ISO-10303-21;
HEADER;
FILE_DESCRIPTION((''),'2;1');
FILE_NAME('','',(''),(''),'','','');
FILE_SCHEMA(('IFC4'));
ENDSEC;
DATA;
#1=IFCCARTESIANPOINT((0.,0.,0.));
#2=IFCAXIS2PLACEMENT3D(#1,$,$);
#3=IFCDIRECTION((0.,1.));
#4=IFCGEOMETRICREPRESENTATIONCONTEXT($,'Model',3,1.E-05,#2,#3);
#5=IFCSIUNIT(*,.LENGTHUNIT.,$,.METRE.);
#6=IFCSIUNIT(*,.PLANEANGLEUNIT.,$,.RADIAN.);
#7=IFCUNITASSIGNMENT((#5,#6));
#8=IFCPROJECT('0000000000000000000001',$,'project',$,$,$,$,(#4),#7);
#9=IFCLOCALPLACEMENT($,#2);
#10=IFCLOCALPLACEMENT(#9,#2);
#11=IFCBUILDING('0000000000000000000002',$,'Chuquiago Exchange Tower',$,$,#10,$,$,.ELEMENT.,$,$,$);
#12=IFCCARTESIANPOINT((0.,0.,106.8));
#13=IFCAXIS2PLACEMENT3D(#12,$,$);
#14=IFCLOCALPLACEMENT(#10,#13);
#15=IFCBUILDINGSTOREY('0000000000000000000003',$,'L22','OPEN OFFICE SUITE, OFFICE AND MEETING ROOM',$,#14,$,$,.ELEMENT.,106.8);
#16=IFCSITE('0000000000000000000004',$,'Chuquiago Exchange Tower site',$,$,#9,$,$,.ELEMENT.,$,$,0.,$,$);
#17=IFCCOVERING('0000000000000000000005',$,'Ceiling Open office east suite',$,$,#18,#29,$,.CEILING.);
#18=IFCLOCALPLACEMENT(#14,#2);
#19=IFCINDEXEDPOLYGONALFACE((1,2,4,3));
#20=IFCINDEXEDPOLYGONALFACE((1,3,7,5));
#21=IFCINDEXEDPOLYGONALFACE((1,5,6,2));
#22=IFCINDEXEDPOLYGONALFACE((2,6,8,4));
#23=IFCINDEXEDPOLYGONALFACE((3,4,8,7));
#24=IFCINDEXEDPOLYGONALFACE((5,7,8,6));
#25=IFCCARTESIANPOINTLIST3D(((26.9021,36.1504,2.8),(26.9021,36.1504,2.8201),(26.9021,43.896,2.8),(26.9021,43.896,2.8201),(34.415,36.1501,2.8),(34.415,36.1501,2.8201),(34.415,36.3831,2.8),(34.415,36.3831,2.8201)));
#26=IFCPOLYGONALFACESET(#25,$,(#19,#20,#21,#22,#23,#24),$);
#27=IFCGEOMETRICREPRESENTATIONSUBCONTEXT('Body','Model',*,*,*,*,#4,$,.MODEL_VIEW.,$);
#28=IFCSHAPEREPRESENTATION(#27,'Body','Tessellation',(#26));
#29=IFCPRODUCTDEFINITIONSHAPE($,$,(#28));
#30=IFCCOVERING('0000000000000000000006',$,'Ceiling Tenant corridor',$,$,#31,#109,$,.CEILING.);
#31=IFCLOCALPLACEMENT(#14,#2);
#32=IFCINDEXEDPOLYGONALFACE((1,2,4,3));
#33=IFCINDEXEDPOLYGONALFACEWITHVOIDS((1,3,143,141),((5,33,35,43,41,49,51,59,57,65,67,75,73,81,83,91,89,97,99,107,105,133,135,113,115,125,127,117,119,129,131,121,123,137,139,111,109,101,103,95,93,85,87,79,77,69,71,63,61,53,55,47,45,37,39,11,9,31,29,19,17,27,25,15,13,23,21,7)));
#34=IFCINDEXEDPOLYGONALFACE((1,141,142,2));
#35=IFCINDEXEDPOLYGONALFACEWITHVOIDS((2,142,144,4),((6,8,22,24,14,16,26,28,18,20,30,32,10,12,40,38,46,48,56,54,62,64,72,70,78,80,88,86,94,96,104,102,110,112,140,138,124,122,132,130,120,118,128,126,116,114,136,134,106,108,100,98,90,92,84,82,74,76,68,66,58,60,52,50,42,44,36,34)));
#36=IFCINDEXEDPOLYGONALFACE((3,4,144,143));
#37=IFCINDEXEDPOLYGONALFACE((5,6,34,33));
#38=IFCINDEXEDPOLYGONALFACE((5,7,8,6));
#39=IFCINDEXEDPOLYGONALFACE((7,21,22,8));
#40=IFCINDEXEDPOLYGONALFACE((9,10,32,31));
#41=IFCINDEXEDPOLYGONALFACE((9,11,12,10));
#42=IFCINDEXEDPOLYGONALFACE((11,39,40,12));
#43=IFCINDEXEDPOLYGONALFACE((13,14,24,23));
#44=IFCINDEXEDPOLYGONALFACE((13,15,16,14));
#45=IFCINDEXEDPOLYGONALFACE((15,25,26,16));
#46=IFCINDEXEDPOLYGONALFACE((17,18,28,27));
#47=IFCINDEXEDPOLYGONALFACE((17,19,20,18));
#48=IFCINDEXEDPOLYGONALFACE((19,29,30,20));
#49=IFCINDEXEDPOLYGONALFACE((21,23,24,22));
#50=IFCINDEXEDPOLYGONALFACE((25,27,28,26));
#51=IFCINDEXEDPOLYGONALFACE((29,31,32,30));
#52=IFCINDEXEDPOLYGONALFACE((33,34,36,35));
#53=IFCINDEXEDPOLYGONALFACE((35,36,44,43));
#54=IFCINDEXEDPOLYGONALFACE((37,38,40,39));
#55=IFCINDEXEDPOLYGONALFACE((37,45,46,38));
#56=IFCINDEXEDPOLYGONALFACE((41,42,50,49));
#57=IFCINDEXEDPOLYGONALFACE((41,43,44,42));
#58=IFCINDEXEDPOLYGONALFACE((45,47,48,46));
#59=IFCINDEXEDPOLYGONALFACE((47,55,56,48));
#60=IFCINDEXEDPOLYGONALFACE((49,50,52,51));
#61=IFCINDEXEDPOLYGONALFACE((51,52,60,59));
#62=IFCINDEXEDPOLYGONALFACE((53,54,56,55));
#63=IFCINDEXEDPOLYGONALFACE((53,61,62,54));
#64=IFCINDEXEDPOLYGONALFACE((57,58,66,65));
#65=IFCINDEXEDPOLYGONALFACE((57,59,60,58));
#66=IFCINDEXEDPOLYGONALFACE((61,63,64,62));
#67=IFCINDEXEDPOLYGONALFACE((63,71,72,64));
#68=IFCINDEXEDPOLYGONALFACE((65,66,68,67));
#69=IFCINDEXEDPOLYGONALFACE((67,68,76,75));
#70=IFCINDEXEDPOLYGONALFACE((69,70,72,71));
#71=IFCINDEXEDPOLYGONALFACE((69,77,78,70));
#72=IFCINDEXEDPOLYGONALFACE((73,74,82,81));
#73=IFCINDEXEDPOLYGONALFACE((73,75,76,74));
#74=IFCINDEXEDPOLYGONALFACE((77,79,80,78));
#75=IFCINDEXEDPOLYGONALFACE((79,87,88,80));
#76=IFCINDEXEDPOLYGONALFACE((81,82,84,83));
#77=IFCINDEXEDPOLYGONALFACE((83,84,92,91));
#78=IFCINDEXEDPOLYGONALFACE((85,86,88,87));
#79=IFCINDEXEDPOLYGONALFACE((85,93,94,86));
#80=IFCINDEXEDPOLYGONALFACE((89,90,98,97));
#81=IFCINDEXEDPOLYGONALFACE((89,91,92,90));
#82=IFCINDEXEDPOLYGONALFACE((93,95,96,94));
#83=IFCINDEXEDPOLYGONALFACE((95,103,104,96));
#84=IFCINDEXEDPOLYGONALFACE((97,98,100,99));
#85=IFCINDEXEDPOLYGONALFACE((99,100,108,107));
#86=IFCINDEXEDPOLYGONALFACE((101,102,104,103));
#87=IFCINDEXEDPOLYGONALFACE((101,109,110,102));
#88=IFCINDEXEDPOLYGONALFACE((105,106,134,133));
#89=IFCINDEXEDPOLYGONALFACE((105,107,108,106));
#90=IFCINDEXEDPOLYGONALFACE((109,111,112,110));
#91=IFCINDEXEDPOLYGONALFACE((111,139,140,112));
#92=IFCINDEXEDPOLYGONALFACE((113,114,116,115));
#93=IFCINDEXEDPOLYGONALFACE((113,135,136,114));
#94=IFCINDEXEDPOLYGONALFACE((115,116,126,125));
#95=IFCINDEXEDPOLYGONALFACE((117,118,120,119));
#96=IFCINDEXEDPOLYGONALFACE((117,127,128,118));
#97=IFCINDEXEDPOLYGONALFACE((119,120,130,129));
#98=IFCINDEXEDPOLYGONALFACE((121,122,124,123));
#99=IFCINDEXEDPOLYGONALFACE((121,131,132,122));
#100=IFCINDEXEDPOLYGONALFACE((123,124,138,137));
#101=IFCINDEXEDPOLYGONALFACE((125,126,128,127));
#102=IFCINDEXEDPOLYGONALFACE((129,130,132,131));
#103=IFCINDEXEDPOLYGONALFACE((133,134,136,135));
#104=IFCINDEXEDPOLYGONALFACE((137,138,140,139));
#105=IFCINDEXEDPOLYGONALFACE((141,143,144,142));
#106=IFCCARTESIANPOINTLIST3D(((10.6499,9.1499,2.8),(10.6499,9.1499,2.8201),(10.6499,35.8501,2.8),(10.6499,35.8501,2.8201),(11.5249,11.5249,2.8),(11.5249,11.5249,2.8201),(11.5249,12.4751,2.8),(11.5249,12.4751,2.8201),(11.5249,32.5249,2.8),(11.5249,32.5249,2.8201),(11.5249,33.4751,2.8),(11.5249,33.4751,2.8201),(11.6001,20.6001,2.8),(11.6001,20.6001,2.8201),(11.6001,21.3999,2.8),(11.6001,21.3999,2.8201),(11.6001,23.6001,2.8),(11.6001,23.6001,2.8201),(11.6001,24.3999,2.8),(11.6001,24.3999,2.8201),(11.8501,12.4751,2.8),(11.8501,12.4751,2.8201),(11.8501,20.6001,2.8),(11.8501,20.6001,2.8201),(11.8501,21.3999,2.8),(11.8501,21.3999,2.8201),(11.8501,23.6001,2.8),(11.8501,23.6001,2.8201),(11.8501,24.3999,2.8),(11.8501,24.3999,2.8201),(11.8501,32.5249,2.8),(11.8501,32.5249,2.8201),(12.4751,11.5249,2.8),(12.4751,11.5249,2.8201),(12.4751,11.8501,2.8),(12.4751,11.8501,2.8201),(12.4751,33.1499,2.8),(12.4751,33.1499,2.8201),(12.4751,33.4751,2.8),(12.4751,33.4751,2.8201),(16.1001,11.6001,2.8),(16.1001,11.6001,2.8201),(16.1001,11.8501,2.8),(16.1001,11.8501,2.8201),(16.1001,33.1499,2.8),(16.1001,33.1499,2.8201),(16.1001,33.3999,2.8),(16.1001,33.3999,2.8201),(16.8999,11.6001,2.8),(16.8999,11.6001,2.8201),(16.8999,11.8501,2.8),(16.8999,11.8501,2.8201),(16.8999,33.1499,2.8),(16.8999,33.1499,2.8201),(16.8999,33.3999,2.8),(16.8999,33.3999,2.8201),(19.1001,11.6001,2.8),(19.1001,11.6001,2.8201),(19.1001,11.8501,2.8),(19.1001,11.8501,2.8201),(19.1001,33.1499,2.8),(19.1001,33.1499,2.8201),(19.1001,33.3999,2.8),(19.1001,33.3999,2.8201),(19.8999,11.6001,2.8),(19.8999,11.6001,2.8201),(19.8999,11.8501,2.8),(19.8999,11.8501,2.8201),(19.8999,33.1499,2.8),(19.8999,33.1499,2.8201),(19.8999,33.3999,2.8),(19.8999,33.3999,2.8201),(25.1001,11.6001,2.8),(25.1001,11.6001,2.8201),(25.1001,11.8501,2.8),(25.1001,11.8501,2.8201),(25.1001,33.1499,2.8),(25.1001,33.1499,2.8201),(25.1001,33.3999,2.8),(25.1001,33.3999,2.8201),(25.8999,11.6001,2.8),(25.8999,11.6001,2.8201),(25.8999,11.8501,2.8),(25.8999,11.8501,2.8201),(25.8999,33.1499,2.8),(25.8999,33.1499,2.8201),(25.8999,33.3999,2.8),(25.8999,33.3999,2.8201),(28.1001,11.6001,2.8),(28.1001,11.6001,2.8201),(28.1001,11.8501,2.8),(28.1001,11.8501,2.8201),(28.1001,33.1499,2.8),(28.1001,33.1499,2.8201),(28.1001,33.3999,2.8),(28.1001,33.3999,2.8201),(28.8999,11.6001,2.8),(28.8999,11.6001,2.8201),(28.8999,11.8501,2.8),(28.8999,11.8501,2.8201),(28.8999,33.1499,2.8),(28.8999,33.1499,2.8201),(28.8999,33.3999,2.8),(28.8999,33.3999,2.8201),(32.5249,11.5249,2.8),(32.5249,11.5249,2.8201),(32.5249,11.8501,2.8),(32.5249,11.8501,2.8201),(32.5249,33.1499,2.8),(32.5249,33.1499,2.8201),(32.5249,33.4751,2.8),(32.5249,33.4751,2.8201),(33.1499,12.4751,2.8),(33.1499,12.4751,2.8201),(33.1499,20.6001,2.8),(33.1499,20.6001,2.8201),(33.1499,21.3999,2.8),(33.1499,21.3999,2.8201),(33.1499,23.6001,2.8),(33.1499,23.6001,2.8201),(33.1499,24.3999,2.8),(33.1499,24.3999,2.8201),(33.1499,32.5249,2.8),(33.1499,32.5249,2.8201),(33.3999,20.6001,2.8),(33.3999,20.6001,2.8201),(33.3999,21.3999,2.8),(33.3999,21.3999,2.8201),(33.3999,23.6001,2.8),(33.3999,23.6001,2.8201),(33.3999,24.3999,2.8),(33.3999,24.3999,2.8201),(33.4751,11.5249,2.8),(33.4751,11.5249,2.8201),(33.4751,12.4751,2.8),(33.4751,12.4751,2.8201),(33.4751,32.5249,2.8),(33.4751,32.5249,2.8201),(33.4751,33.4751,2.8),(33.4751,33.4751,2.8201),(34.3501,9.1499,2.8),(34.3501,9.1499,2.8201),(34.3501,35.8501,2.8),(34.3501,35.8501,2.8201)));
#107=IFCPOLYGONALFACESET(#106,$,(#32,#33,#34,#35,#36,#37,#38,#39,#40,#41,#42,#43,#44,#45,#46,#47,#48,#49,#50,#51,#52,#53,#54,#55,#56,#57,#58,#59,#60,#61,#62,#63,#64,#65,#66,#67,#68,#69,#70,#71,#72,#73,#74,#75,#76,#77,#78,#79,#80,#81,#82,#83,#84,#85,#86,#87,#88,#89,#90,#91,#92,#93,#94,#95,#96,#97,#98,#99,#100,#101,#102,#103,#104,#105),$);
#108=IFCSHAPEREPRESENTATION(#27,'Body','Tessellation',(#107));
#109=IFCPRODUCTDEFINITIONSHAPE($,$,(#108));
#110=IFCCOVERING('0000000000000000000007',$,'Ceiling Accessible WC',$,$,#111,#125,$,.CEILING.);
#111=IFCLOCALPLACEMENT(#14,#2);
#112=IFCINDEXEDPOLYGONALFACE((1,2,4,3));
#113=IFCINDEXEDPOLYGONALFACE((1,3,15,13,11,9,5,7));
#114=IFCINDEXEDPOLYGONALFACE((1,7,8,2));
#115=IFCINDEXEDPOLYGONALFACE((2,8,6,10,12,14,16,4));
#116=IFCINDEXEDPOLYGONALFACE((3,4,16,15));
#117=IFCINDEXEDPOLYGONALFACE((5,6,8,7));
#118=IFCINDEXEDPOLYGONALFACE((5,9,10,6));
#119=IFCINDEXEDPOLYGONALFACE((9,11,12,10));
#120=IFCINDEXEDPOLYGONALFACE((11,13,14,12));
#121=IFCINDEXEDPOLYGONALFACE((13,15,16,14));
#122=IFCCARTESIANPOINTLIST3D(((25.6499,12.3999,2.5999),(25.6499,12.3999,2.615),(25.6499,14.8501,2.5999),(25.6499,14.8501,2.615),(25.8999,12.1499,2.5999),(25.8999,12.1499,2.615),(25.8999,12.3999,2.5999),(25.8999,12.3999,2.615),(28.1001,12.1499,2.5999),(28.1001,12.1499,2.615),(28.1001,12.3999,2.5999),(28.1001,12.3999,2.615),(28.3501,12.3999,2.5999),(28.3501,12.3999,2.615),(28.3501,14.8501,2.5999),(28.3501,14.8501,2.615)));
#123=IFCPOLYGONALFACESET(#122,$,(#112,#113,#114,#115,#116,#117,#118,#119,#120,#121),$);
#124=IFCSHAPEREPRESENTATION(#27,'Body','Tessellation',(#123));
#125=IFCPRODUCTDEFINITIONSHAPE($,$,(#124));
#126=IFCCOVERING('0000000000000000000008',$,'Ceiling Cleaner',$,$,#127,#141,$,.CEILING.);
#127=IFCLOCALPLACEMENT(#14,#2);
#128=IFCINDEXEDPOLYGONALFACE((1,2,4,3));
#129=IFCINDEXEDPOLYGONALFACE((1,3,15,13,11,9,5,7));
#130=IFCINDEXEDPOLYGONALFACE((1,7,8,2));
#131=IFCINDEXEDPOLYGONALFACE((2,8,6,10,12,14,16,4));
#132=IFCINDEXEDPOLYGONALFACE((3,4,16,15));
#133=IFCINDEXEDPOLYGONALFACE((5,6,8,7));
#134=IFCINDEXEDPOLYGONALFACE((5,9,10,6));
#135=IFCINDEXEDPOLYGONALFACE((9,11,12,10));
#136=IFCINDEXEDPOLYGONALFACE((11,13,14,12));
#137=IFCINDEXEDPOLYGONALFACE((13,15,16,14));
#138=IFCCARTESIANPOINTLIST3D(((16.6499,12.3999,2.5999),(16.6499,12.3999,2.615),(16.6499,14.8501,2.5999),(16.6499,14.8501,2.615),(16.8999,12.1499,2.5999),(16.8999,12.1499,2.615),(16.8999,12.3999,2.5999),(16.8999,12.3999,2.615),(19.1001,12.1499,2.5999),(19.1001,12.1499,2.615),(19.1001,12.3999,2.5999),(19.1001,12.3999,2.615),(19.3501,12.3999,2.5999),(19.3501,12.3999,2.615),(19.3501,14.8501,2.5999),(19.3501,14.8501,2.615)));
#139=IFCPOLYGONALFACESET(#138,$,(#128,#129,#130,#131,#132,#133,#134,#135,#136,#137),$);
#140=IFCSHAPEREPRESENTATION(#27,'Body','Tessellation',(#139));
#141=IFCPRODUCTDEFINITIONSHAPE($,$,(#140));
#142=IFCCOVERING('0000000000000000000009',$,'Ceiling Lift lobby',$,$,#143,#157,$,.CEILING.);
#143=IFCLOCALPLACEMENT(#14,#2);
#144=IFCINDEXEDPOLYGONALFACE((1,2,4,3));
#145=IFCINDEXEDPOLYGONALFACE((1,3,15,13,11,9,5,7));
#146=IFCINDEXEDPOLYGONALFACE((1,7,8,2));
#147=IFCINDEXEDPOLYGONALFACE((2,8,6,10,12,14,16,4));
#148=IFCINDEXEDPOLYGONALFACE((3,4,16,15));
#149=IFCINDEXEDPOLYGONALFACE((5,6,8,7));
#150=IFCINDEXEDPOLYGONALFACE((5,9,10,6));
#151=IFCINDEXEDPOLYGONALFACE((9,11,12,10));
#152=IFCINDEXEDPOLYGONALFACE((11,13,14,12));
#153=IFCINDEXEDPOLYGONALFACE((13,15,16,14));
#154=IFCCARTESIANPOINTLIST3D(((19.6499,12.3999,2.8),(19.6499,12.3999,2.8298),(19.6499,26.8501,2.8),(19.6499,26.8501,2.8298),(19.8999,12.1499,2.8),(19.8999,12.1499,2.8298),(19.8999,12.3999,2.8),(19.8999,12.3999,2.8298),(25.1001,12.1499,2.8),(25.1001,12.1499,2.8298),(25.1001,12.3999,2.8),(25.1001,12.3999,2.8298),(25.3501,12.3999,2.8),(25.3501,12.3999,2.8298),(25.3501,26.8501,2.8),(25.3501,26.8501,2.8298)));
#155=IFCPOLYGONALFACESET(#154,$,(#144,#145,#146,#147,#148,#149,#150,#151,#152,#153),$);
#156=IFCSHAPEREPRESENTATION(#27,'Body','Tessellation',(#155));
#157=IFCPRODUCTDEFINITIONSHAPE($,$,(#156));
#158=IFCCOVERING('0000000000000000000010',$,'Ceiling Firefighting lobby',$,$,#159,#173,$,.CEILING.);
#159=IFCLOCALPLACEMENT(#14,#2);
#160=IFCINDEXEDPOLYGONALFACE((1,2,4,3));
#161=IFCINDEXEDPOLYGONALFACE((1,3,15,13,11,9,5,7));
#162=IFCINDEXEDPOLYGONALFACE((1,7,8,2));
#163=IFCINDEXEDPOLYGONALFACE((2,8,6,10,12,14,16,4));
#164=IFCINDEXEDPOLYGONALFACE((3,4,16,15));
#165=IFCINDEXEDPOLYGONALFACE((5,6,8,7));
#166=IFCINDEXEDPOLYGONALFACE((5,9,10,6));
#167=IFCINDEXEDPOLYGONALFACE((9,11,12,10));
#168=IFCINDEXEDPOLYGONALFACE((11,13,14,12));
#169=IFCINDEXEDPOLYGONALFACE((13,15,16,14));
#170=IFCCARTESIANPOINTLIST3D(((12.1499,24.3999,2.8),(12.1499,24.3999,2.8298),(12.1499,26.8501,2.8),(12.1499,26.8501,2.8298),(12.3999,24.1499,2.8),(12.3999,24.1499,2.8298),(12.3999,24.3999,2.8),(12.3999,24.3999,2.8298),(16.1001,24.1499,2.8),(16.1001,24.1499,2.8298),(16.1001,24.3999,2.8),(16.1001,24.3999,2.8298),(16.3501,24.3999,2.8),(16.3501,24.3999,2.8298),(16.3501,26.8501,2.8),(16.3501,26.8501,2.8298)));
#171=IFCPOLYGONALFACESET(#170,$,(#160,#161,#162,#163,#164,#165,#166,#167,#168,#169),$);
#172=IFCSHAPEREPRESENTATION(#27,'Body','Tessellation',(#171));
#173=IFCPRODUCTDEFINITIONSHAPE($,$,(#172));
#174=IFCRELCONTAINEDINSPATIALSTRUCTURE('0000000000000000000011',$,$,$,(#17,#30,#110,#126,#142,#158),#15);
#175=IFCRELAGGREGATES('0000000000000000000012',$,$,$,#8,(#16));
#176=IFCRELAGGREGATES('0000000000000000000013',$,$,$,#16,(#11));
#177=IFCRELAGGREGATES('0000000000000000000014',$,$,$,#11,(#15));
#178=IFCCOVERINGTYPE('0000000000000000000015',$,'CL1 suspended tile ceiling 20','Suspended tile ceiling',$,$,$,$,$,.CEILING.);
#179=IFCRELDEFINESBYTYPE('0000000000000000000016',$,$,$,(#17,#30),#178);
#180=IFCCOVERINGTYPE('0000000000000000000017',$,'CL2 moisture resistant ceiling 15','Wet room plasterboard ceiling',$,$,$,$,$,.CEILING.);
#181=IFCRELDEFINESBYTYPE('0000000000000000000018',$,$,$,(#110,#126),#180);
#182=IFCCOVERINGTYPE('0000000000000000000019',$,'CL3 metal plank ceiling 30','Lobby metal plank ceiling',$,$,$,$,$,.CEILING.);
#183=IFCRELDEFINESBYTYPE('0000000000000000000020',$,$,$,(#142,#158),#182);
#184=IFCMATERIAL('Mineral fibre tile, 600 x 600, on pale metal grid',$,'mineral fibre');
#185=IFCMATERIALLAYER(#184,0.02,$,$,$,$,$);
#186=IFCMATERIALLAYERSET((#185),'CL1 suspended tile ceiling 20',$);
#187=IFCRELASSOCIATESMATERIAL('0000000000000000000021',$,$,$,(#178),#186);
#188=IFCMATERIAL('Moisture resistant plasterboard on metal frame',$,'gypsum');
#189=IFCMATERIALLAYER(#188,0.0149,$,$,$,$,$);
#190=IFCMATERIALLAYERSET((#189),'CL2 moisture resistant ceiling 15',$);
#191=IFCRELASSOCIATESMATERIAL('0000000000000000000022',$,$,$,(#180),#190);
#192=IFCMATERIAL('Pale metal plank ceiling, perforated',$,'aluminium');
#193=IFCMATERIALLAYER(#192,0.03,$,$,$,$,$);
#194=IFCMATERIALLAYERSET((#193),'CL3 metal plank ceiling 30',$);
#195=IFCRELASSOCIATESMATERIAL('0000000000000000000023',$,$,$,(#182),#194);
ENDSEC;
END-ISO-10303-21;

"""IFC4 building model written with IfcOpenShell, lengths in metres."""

from ifc_helpers import new_model, si_unit, direction, frame, origin, place, context, subcontext, project, spatial, polyline, outline, extrude, material, layer, layer_set, type_object, element, save


model = new_model("IFC4")

# Units and contexts
model_context = context("Model", 3, precision=1e-05, world=origin(), true_north=direction((0.0, 1.0)))
body_context = subcontext(model_context, "Body", "Model", "MODEL_VIEW")
ifc_project = project(units=[si_unit("LENGTHUNIT", "METRE"), si_unit("PLANEANGLEUNIT", "RADIAN")], contexts=[model_context])

# Site, building, storey
site_placement = place(None, origin())
site = spatial("IfcSite", under=ifc_project, at=site_placement, Name="Chuquiago Exchange Tower site", CompositionType="ELEMENT", RefElevation=0.0)
building_placement = place(site_placement, origin())
building = spatial("IfcBuilding", under=site, at=building_placement, Name="Chuquiago Exchange Tower", CompositionType="ELEMENT")
storey_placement = place(building_placement, frame((0.0, 0.0, 106.8)))
storey = spatial("IfcBuildingStorey", under=building, at=storey_placement, Name="L22", Description="OPEN OFFICE SUITE, OFFICE AND MEETING ROOM", CompositionType="ELEMENT", Elevation=106.8)

# Coverings
ifc_material_1 = material(Name="Mineral fibre tile, 600 x 600, on pale metal grid", Category="mineral fibre")
ifc_layer_1 = layer(ifc_material_1, 0.02)
ifc_layer_set_1 = layer_set([ifc_layer_1], Name="CL1 suspended tile ceiling 20")
covering_type_1 = type_object("IfcCoveringType", Name="CL1 suspended tile ceiling 20", Description="Suspended tile ceiling", PredefinedType="CEILING", material=ifc_layer_set_1)
covering_1_placement = place(storey_placement, frame((0.0, 0.0, 2.8)))
element("IfcCovering", 1, at=covering_1_placement, inside=storey, type_object=covering_type_1, Name="Ceiling Open office east suite", PredefinedType="CEILING", context=body_context, shape_type="SweptSolid", body=[
    extrude(outline(polyline([(26.9021, 36.1504), (26.9021, 43.896), (34.415, 36.3831), (34.415, 36.1501), (26.9021, 36.1504)])), origin(), (0.0, 0.0, 1.0), 0.02),
])
covering_2_placement = place(storey_placement, frame((0.0, 0.0, 2.8)))
element("IfcCovering", 2, at=covering_2_placement, inside=storey, type_object=covering_type_1, Name="Ceiling Tenant corridor", PredefinedType="CEILING", context=body_context, shape_type="SweptSolid", body=[
    extrude(outline(polyline([(10.6499, 35.8501), (34.3501, 35.8501), (34.3501, 9.1499), (10.6499, 9.1499), (10.6499, 35.8501)]), holes=[polyline([(11.8501, 24.3999), (11.6001, 24.3999), (11.6001, 23.6001), (11.8501, 23.6001), (11.8501, 21.3999), (11.6001, 21.3999), (11.6001, 20.6001), (11.8501, 20.6001), (11.8501, 12.4751), (11.5249, 12.4751), (11.5249, 11.5249), (12.4751, 11.5249), (12.4751, 11.8501), (16.1001, 11.8501), (16.1001, 11.6001), (16.8999, 11.6001), (16.8999, 11.8501), (19.1001, 11.8501), (19.1001, 11.6001), (19.8999, 11.6001), (19.8999, 11.8501), (25.1001, 11.8501), (25.1001, 11.6001), (25.8999, 11.6001), (25.8999, 11.8501), (28.1001, 11.8501), (28.1001, 11.6001), (28.8999, 11.6001), (28.8999, 11.8501), (32.5249, 11.8501), (32.5249, 11.5249), (33.4751, 11.5249), (33.4751, 12.4751), (33.1499, 12.4751), (33.1499, 20.6001), (33.3999, 20.6001), (33.3999, 21.3999), (33.1499, 21.3999), (33.1499, 23.6001), (33.3999, 23.6001), (33.3999, 24.3999), (33.1499, 24.3999), (33.1499, 32.5249), (33.4751, 32.5249), (33.4751, 33.4751), (32.5249, 33.4751), (32.5249, 33.1499), (28.8999, 33.1499), (28.8999, 33.3999), (28.1001, 33.3999), (28.1001, 33.1499), (25.8999, 33.1499), (25.8999, 33.3999), (25.1001, 33.3999), (25.1001, 33.1499), (19.8999, 33.1499), (19.8999, 33.3999), (19.1001, 33.3999), (19.1001, 33.1499), (16.8999, 33.1499), (16.8999, 33.3999), (16.1001, 33.3999), (16.1001, 33.1499), (12.4751, 33.1499), (12.4751, 33.4751), (11.5249, 33.4751), (11.5249, 32.5249), (11.8501, 32.5249), (11.8501, 24.3999)])]), origin(), (0.0, 0.0, 1.0), 0.02),
])
ifc_material_2 = material(Name="Moisture resistant plasterboard on metal frame", Category="gypsum")
ifc_layer_2 = layer(ifc_material_2, 0.0149)
ifc_layer_set_2 = layer_set([ifc_layer_2], Name="CL2 moisture resistant ceiling 15")
covering_type_2 = type_object("IfcCoveringType", Name="CL2 moisture resistant ceiling 15", Description="Wet room plasterboard ceiling", PredefinedType="CEILING", material=ifc_layer_set_2)
covering_3_placement = place(storey_placement, frame((0.0, 0.0, 2.5999)))
element("IfcCovering", 3, at=covering_3_placement, inside=storey, type_object=covering_type_2, Name="Ceiling Accessible WC", PredefinedType="CEILING", context=body_context, shape_type="SweptSolid", body=[
    extrude(outline(polyline([(25.8999, 12.1499), (25.8999, 12.3999), (25.6499, 12.3999), (25.6499, 14.8501), (28.3501, 14.8501), (28.3501, 12.3999), (28.1001, 12.3999), (28.1001, 12.1499), (25.8999, 12.1499)])), origin(), (0.0, 0.0, 1.0), 0.0151),
])
covering_4_placement = place(storey_placement, frame((0.0, 0.0, 2.5999)))
element("IfcCovering", 4, at=covering_4_placement, inside=storey, type_object=covering_type_2, Name="Ceiling Cleaner", PredefinedType="CEILING", context=body_context, shape_type="SweptSolid", body=[
    extrude(outline(polyline([(16.8999, 12.1499), (16.8999, 12.3999), (16.6499, 12.3999), (16.6499, 14.8501), (19.3501, 14.8501), (19.3501, 12.3999), (19.1001, 12.3999), (19.1001, 12.1499), (16.8999, 12.1499)])), origin(), (0.0, 0.0, 1.0), 0.0151),
])
ifc_material_3 = material(Name="Pale metal plank ceiling, perforated", Category="aluminium")
ifc_layer_3 = layer(ifc_material_3, 0.03)
ifc_layer_set_3 = layer_set([ifc_layer_3], Name="CL3 metal plank ceiling 30")
covering_type_3 = type_object("IfcCoveringType", Name="CL3 metal plank ceiling 30", Description="Lobby metal plank ceiling", PredefinedType="CEILING", material=ifc_layer_set_3)
covering_5_placement = place(storey_placement, frame((0.0, 0.0, 2.8)))
element("IfcCovering", 5, at=covering_5_placement, inside=storey, type_object=covering_type_3, Name="Ceiling Lift lobby", PredefinedType="CEILING", context=body_context, shape_type="SweptSolid", body=[
    extrude(outline(polyline([(19.8999, 12.1499), (19.8999, 12.3999), (19.6499, 12.3999), (19.6499, 26.8501), (25.3501, 26.8501), (25.3501, 12.3999), (25.1001, 12.3999), (25.1001, 12.1499), (19.8999, 12.1499)])), origin(), (0.0, 0.0, 1.0), 0.0298),
])
covering_6_placement = place(storey_placement, frame((0.0, 0.0, 2.8)))
element("IfcCovering", 6, at=covering_6_placement, inside=storey, type_object=covering_type_3, Name="Ceiling Firefighting lobby", PredefinedType="CEILING", context=body_context, shape_type="SweptSolid", body=[
    extrude(outline(polyline([(12.3999, 24.1499), (12.3999, 24.3999), (12.1499, 24.3999), (12.1499, 26.8501), (16.3501, 26.8501), (16.3501, 24.3999), (16.1001, 24.3999), (16.1001, 24.1499), (12.3999, 24.1499)])), origin(), (0.0, 0.0, 1.0), 0.0298),
])

save(model, "model.ifc")
